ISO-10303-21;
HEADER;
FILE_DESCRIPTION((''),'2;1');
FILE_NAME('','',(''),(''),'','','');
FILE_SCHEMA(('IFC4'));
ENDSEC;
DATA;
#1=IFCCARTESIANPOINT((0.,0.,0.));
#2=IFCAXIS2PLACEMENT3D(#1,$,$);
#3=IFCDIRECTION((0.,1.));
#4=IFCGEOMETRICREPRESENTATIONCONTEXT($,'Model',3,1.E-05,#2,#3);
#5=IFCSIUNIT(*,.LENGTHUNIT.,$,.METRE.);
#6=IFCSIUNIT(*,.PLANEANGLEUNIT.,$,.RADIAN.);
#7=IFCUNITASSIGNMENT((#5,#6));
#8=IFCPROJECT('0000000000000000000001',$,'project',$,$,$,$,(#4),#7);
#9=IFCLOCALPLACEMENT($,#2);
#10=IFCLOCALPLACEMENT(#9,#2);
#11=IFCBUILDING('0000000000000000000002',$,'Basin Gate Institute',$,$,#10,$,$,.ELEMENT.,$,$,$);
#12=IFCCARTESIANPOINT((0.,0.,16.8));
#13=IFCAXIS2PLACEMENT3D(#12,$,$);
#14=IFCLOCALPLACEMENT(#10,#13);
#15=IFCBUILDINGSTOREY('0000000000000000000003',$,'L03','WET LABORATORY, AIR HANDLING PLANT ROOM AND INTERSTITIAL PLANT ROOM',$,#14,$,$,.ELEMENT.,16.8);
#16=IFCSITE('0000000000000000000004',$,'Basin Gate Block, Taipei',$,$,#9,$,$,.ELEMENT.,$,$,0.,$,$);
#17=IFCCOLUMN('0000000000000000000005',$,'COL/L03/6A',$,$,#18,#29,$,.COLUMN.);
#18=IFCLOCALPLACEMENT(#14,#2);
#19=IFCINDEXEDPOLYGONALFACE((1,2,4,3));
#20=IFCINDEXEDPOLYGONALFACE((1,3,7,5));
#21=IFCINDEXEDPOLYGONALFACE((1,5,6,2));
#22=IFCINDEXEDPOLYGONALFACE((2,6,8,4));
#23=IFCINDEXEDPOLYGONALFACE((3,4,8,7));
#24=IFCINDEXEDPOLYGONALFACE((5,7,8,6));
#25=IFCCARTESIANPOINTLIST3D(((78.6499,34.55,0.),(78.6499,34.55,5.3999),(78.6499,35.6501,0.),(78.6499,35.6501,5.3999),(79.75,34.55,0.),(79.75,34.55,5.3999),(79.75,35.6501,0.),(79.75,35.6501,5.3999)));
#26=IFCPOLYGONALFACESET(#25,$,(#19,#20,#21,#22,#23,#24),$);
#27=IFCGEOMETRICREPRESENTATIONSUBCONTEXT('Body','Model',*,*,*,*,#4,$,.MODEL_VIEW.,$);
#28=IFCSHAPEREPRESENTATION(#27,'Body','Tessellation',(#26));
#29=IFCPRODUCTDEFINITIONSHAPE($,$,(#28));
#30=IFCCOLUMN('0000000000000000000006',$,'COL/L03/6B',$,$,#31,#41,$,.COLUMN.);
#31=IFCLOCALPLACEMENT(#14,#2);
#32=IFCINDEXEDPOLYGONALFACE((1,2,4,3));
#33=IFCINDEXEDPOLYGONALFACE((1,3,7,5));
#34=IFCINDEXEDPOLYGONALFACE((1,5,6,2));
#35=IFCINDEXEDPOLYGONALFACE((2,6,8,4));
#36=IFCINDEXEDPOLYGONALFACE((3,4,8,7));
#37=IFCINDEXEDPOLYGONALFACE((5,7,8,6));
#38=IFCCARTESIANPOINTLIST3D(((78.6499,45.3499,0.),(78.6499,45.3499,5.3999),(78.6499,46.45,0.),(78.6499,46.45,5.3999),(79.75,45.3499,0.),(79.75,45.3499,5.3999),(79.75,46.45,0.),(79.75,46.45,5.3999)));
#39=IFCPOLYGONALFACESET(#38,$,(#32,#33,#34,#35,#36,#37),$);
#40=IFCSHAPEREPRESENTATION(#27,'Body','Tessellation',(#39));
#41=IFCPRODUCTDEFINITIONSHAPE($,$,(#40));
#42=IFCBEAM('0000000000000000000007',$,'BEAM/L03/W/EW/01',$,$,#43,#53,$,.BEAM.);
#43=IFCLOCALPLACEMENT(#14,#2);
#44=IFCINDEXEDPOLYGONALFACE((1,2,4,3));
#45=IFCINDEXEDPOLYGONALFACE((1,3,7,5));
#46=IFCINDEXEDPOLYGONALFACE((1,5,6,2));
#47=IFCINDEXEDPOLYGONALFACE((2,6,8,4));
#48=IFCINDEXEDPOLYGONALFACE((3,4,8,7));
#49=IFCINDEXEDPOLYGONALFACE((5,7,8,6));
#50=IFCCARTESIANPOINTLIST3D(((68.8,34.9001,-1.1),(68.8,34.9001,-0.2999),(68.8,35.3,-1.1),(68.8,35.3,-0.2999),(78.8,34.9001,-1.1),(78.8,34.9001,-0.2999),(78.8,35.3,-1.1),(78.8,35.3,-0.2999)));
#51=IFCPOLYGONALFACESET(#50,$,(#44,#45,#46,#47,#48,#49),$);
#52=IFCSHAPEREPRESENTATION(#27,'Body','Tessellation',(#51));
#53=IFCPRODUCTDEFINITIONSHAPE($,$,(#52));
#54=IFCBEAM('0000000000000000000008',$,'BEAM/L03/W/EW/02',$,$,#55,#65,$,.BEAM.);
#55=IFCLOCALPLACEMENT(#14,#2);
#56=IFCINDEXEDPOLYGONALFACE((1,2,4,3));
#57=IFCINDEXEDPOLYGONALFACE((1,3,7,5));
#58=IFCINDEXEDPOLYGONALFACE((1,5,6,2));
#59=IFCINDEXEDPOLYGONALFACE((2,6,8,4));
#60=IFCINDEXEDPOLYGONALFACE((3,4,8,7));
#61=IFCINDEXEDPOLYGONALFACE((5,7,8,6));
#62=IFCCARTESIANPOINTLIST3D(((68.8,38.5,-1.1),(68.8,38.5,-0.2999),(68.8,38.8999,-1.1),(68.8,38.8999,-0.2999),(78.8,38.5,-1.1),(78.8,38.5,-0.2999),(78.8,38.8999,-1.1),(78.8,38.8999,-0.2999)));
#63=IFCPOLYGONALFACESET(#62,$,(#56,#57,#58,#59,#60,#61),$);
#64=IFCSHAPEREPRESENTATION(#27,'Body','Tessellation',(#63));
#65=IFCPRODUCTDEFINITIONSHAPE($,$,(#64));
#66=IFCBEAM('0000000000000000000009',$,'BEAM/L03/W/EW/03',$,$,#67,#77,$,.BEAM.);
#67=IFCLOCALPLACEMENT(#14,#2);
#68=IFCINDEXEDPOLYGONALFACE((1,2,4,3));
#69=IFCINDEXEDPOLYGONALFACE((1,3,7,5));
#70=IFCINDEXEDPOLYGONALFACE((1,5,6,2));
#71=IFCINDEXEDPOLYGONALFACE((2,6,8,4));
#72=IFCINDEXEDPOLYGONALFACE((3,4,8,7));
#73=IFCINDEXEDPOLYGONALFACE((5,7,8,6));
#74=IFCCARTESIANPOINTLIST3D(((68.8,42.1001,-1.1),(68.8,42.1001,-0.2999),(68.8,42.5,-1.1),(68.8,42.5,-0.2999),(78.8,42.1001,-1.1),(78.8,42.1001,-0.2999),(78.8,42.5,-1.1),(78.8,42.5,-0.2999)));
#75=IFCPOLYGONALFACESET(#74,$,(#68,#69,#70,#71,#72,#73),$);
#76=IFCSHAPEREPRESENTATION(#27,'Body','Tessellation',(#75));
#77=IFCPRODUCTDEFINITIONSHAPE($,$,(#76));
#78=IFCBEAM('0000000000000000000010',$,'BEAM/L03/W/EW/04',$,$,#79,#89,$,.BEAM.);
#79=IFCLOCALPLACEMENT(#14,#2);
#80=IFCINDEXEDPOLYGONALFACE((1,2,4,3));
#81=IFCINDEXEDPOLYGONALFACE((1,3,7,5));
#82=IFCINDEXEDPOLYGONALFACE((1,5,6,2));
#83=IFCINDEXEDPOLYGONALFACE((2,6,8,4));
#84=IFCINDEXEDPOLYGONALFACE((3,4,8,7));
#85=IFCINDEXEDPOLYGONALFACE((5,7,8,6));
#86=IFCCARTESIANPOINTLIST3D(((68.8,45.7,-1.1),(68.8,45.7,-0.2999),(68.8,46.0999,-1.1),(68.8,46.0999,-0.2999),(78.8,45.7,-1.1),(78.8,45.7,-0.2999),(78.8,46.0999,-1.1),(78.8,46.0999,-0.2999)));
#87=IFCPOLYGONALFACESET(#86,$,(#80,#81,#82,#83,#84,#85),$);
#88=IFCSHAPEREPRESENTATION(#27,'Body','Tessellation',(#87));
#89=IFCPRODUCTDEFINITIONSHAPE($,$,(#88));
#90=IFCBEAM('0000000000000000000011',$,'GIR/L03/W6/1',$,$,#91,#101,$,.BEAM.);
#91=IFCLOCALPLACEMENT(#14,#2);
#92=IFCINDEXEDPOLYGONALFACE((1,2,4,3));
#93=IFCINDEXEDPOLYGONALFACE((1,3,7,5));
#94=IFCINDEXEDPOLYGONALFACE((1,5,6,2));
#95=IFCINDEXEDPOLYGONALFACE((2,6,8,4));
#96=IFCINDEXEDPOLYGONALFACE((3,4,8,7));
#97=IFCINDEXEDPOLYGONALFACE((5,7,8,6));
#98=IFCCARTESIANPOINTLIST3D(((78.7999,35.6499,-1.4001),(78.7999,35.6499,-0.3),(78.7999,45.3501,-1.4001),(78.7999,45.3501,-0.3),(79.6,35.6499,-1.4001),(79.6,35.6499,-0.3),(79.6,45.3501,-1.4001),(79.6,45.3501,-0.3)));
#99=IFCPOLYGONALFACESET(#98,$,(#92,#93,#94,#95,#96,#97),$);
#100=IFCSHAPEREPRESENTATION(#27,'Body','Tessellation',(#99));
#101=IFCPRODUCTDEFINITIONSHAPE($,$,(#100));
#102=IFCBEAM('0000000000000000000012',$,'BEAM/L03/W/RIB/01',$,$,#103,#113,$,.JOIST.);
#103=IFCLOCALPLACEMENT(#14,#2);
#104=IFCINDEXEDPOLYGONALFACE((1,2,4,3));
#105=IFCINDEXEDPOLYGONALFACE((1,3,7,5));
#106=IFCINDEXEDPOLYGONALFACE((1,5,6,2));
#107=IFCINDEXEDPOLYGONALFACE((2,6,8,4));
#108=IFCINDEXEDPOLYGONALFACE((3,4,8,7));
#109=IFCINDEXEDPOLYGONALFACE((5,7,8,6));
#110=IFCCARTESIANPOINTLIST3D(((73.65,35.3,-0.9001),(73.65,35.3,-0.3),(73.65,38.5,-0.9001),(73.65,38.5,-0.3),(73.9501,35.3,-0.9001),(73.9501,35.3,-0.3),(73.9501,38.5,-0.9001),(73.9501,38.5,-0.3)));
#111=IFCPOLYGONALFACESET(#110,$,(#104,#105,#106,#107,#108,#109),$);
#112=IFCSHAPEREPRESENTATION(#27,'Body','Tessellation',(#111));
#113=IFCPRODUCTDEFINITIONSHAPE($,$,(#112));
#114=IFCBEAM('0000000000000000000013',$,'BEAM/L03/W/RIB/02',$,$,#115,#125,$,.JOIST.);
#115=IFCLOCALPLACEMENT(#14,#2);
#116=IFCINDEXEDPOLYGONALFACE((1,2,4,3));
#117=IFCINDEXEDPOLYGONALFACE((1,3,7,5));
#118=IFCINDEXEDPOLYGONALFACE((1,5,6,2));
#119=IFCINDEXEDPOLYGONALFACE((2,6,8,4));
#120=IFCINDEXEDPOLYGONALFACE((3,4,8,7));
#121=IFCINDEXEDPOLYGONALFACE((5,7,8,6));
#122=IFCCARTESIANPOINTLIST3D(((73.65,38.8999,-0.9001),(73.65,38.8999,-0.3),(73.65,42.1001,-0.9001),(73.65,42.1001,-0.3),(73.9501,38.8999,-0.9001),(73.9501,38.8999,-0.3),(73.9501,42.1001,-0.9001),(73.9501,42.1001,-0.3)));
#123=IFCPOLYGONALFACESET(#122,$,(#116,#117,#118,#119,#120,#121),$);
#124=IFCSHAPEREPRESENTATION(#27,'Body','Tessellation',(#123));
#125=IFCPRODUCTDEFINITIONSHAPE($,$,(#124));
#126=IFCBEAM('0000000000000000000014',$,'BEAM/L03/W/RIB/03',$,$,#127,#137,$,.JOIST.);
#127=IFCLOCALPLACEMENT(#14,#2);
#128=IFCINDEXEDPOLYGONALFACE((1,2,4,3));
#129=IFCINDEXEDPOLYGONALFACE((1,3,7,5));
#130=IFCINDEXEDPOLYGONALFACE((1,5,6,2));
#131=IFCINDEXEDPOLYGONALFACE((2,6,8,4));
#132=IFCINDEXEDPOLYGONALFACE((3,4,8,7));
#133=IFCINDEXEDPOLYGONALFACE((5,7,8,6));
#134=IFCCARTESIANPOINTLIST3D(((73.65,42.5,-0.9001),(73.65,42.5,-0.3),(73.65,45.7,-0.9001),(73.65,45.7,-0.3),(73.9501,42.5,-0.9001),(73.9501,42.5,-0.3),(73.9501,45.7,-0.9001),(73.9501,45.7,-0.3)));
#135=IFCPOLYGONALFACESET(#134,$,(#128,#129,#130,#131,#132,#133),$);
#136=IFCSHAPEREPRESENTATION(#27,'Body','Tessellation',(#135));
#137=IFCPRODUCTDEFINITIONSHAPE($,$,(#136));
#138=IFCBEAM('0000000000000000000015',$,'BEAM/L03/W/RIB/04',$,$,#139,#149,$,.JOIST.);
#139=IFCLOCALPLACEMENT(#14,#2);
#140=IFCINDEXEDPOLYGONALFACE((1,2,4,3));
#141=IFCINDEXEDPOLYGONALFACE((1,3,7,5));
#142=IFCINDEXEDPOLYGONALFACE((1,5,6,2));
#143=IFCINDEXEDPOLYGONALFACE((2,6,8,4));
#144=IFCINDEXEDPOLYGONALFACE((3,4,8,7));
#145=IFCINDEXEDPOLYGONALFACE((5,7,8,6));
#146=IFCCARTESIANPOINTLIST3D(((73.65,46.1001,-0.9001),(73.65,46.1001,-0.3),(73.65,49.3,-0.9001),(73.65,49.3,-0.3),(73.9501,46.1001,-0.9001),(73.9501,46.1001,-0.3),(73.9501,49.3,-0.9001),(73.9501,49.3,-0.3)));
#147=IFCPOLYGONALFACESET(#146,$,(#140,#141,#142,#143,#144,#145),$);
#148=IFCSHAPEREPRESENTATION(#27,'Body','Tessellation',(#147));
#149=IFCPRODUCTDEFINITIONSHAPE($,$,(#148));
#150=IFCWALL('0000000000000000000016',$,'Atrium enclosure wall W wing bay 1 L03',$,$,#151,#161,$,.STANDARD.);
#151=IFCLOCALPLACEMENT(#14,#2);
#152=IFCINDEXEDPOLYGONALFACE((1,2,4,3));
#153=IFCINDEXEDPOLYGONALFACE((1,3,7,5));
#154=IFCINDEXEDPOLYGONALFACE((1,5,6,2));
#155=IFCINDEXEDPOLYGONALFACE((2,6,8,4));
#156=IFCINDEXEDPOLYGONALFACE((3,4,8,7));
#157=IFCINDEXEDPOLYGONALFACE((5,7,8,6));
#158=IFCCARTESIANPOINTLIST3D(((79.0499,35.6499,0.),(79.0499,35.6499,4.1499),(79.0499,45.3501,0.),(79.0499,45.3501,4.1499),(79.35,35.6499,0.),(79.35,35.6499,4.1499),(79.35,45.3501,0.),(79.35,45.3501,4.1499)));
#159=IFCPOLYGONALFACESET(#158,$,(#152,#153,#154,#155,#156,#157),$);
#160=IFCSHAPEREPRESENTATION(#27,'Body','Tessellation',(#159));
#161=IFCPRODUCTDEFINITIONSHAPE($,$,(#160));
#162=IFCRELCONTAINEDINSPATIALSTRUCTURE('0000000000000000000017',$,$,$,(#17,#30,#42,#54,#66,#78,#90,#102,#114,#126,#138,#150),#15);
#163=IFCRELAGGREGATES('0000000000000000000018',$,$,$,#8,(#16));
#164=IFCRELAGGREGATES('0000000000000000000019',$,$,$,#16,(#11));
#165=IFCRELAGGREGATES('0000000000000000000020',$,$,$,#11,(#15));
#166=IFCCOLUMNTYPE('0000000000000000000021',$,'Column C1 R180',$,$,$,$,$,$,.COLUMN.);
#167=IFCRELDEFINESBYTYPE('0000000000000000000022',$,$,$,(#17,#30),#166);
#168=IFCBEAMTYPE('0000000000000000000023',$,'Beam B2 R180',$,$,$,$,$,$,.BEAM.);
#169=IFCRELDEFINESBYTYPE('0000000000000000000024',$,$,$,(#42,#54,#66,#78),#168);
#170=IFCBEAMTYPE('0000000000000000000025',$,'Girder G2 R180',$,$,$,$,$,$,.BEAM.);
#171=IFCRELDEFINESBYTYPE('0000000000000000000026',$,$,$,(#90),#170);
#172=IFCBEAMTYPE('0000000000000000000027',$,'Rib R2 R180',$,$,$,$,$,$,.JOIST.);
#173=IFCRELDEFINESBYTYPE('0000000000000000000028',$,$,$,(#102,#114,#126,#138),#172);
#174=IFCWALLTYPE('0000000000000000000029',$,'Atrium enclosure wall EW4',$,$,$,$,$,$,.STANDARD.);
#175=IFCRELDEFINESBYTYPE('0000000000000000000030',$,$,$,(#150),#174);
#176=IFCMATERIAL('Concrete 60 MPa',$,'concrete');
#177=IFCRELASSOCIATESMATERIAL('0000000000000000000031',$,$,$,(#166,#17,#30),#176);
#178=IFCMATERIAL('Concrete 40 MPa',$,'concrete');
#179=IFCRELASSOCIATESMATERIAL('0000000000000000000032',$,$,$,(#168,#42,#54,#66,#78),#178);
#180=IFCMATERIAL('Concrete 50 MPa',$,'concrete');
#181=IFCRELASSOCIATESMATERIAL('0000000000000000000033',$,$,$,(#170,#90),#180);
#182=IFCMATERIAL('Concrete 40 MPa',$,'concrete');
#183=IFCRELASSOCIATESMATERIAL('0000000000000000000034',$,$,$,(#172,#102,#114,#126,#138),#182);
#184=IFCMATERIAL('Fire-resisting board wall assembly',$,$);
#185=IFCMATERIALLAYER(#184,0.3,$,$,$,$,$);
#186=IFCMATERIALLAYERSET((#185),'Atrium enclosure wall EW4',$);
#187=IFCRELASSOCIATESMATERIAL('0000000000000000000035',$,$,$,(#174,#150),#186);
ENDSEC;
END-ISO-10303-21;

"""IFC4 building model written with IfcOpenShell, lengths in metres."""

from ifc_helpers import new_model, si_unit, direction, frame, frame_2d, origin, origin_2d, place, context, subcontext, project, spatial, rectangle, extrude, material, layer, layer_set, material_profile, profile_set, type_object, element, save


model = new_model("IFC4")

# Units and contexts
model_context = context("Model", 3, precision=1e-05, world=origin(), true_north=direction((0.0, 1.0)))
body_context = subcontext(model_context, "Body", "Model", "MODEL_VIEW")
ifc_project = project(units=[si_unit("LENGTHUNIT", "METRE"), si_unit("PLANEANGLEUNIT", "RADIAN")], contexts=[model_context])

# Site, building, storey
site_placement = place(None, origin())
site = spatial("IfcSite", under=ifc_project, at=site_placement, Name="Basin Gate Block, Taipei", CompositionType="ELEMENT", RefElevation=0.0)
building_placement = place(site_placement, origin())
building = spatial("IfcBuilding", under=site, at=building_placement, Name="Basin Gate Institute", CompositionType="ELEMENT")
storey_placement = place(building_placement, frame((0.0, 0.0, 16.8)))
storey = spatial("IfcBuildingStorey", under=building, at=storey_placement, Name="L03", Description="WET LABORATORY, AIR HANDLING PLANT ROOM AND INTERSTITIAL PLANT ROOM", CompositionType="ELEMENT", Elevation=16.8)

# Columns
ifc_material_1 = material(Name="Concrete 60 MPa", Category="concrete")
ifc_material_profile_1 = material_profile(ifc_material_1, rectangle(XDim=1.1001, YDim=1.1001, at=origin_2d()), Name="Column C1 1100 x 1100")
ifc_profile_set_1 = profile_set([ifc_material_profile_1], Name="Concrete 60 MPa")
column_type = type_object("IfcColumnType", Name="Column C1 R180", PredefinedType="COLUMN", material=ifc_profile_set_1)
for number, where, z_axis, x_axis, name in (
    (1, (79.2, 35.1001, 0.0), (0.0, 0.0, 1.0), (1.0, 0.0, 0.0), "COL/L03/6A"),
    (2, (79.2, 45.8999, 0.0), (0.0, 0.0, 1.0), (1.0, 0.0, 0.0), "COL/L03/6B"),
):
    element("IfcColumn", number, at=place(storey_placement, frame(where, z_axis=z_axis, x_axis=x_axis)), inside=storey, type_object=column_type, material=ifc_profile_set_1, Name=name, PredefinedType="COLUMN", context=body_context, shape_type="SweptSolid", body=[
        extrude(rectangle(XDim=1.1001, YDim=1.1001, at=origin_2d()), origin(), (0.0, 0.0, 1.0), 5.3999),
    ])

# Beams
ifc_material_2 = material(Name="Concrete 40 MPa", Category="concrete")
ifc_material_profile_2 = material_profile(ifc_material_2, rectangle(XDim=0.3999, YDim=0.8, at=origin_2d()), Name="Beam B2 400 x 800")
ifc_profile_set_2 = profile_set([ifc_material_profile_2], Name="Concrete 40 MPa")
beam_type_1 = type_object("IfcBeamType", Name="Beam B2 R180", PredefinedType="BEAM", material=ifc_profile_set_2)
for number, where, z_axis, x_axis, name in (
    (3, (68.8, 35.1001, -0.7), (1.0, 0.0, 0.0), (0.0, 1.0, 0.0), "BEAM/L03/W/EW/01"),
    (4, (68.8, 38.7, -0.7), (1.0, 0.0, 0.0), (0.0, 1.0, 0.0), "BEAM/L03/W/EW/02"),
    (5, (68.8, 42.3, -0.7), (1.0, 0.0, 0.0), (0.0, 1.0, 0.0), "BEAM/L03/W/EW/03"),
    (6, (68.8, 45.8999, -0.7), (1.0, 0.0, 0.0), (0.0, 1.0, 0.0), "BEAM/L03/W/EW/04"),
):
    element("IfcBeam", number, at=place(storey_placement, frame(where, z_axis=z_axis, x_axis=x_axis)), inside=storey, type_object=beam_type_1, material=ifc_profile_set_2, Name=name, PredefinedType="BEAM", context=body_context, shape_type="SweptSolid", body=[
        extrude(rectangle(XDim=0.3999, YDim=0.8, at=origin_2d()), origin(), (0.0, 0.0, 1.0), 10.0),
    ])
ifc_material_3 = material(Name="Concrete 50 MPa", Category="concrete")
ifc_material_profile_3 = material_profile(ifc_material_3, rectangle(XDim=0.8, YDim=1.1001, at=origin_2d()), Name="Girder G2 800 x 1100")
ifc_profile_set_3 = profile_set([ifc_material_profile_3], Name="Concrete 50 MPa")
beam_type_2 = type_object("IfcBeamType", Name="Girder G2 R180", PredefinedType="BEAM", material=ifc_profile_set_3)
beam_1_placement = place(storey_placement, frame((79.2, 35.6499, -0.8501), z_axis=(0.0, 1.0, 0.0), x_axis=(-1.0, 0.0, 0.0)))
element("IfcBeam", 7, at=beam_1_placement, inside=storey, type_object=beam_type_2, material=ifc_profile_set_3, Name="GIR/L03/W6/1", PredefinedType="BEAM", context=body_context, shape_type="SweptSolid", body=[
    extrude(rectangle(XDim=0.8, YDim=1.1001, at=origin_2d()), origin(), (0.0, 0.0, 1.0), 9.7002),
])
ifc_material_4 = material(Name="Concrete 40 MPa", Category="concrete")
ifc_material_profile_4 = material_profile(ifc_material_4, rectangle(XDim=0.3, YDim=0.6001, at=origin_2d()), Name="Rib R2 300 x 600")
ifc_profile_set_4 = profile_set([ifc_material_profile_4], Name="Concrete 40 MPa")
beam_type_3 = type_object("IfcBeamType", Name="Rib R2 R180", PredefinedType="JOIST", material=ifc_profile_set_4)
beam_2_placement = place(storey_placement, frame((73.8, 35.3, -0.6001), z_axis=(0.0, 1.0, 0.0), x_axis=(-1.0, 0.0, 0.0)))
element("IfcBeam", 8, at=beam_2_placement, inside=storey, type_object=beam_type_3, material=ifc_profile_set_4, Name="BEAM/L03/W/RIB/01", PredefinedType="JOIST", context=body_context, shape_type="SweptSolid", body=[
    extrude(rectangle(XDim=0.3, YDim=0.6001, at=origin_2d()), origin(), (0.0, 0.0, 1.0), 3.2),
])
beam_3_placement = place(storey_placement, frame((73.8, 38.8999, -0.6001), z_axis=(0.0, 1.0, 0.0), x_axis=(-1.0, 0.0, 0.0)))
element("IfcBeam", 9, at=beam_3_placement, inside=storey, type_object=beam_type_3, material=ifc_profile_set_4, Name="BEAM/L03/W/RIB/02", PredefinedType="JOIST", context=body_context, shape_type="SweptSolid", body=[
    extrude(rectangle(XDim=0.3, YDim=0.6001, at=origin_2d()), origin(), (0.0, 0.0, 1.0), 3.2002),
])
for number, where, z_axis, x_axis, name in (
    (10, (73.8, 42.5, -0.6001), (0.0, 1.0, 0.0), (-1.0, 0.0, 0.0), "BEAM/L03/W/RIB/03"),
    (11, (73.8, 46.1001, -0.6001), (0.0, 1.0, 0.0), (-1.0, 0.0, 0.0), "BEAM/L03/W/RIB/04"),
):
    element("IfcBeam", number, at=place(storey_placement, frame(where, z_axis=z_axis, x_axis=x_axis)), inside=storey, type_object=beam_type_3, material=ifc_profile_set_4, Name=name, PredefinedType="JOIST", context=body_context, shape_type="SweptSolid", body=[
        extrude(rectangle(XDim=0.3, YDim=0.6001, at=origin_2d()), origin(), (0.0, 0.0, 1.0), 3.2),
    ])

# Wall
ifc_material_5 = material(Name="Fire-resisting board wall assembly")
ifc_layer_1 = layer(ifc_material_5, 0.3)
ifc_layer_set_1 = layer_set([ifc_layer_1], Name="Atrium enclosure wall EW4")
wall_type_1 = type_object("IfcWallType", Name="Atrium enclosure wall EW4", PredefinedType="STANDARD", material=ifc_layer_set_1)
wall_1_placement = place(storey_placement, frame((79.2, 35.6499, 0.0), z_axis=(0.0, 0.0, 1.0), x_axis=(0.0, 1.0, 0.0)))
element("IfcWall", 12, at=wall_1_placement, inside=storey, type_object=wall_type_1, material=ifc_layer_set_1, Name="Atrium enclosure wall W wing bay 1 L03", PredefinedType="STANDARD", context=body_context, shape_type="SweptSolid", body=[
    extrude(rectangle(XDim=9.7002, YDim=0.3, at=frame_2d((4.8501, 0.0))), origin(), (0.0, 0.0, 1.0), 4.1499),
])

save(model, "model.ifc")
